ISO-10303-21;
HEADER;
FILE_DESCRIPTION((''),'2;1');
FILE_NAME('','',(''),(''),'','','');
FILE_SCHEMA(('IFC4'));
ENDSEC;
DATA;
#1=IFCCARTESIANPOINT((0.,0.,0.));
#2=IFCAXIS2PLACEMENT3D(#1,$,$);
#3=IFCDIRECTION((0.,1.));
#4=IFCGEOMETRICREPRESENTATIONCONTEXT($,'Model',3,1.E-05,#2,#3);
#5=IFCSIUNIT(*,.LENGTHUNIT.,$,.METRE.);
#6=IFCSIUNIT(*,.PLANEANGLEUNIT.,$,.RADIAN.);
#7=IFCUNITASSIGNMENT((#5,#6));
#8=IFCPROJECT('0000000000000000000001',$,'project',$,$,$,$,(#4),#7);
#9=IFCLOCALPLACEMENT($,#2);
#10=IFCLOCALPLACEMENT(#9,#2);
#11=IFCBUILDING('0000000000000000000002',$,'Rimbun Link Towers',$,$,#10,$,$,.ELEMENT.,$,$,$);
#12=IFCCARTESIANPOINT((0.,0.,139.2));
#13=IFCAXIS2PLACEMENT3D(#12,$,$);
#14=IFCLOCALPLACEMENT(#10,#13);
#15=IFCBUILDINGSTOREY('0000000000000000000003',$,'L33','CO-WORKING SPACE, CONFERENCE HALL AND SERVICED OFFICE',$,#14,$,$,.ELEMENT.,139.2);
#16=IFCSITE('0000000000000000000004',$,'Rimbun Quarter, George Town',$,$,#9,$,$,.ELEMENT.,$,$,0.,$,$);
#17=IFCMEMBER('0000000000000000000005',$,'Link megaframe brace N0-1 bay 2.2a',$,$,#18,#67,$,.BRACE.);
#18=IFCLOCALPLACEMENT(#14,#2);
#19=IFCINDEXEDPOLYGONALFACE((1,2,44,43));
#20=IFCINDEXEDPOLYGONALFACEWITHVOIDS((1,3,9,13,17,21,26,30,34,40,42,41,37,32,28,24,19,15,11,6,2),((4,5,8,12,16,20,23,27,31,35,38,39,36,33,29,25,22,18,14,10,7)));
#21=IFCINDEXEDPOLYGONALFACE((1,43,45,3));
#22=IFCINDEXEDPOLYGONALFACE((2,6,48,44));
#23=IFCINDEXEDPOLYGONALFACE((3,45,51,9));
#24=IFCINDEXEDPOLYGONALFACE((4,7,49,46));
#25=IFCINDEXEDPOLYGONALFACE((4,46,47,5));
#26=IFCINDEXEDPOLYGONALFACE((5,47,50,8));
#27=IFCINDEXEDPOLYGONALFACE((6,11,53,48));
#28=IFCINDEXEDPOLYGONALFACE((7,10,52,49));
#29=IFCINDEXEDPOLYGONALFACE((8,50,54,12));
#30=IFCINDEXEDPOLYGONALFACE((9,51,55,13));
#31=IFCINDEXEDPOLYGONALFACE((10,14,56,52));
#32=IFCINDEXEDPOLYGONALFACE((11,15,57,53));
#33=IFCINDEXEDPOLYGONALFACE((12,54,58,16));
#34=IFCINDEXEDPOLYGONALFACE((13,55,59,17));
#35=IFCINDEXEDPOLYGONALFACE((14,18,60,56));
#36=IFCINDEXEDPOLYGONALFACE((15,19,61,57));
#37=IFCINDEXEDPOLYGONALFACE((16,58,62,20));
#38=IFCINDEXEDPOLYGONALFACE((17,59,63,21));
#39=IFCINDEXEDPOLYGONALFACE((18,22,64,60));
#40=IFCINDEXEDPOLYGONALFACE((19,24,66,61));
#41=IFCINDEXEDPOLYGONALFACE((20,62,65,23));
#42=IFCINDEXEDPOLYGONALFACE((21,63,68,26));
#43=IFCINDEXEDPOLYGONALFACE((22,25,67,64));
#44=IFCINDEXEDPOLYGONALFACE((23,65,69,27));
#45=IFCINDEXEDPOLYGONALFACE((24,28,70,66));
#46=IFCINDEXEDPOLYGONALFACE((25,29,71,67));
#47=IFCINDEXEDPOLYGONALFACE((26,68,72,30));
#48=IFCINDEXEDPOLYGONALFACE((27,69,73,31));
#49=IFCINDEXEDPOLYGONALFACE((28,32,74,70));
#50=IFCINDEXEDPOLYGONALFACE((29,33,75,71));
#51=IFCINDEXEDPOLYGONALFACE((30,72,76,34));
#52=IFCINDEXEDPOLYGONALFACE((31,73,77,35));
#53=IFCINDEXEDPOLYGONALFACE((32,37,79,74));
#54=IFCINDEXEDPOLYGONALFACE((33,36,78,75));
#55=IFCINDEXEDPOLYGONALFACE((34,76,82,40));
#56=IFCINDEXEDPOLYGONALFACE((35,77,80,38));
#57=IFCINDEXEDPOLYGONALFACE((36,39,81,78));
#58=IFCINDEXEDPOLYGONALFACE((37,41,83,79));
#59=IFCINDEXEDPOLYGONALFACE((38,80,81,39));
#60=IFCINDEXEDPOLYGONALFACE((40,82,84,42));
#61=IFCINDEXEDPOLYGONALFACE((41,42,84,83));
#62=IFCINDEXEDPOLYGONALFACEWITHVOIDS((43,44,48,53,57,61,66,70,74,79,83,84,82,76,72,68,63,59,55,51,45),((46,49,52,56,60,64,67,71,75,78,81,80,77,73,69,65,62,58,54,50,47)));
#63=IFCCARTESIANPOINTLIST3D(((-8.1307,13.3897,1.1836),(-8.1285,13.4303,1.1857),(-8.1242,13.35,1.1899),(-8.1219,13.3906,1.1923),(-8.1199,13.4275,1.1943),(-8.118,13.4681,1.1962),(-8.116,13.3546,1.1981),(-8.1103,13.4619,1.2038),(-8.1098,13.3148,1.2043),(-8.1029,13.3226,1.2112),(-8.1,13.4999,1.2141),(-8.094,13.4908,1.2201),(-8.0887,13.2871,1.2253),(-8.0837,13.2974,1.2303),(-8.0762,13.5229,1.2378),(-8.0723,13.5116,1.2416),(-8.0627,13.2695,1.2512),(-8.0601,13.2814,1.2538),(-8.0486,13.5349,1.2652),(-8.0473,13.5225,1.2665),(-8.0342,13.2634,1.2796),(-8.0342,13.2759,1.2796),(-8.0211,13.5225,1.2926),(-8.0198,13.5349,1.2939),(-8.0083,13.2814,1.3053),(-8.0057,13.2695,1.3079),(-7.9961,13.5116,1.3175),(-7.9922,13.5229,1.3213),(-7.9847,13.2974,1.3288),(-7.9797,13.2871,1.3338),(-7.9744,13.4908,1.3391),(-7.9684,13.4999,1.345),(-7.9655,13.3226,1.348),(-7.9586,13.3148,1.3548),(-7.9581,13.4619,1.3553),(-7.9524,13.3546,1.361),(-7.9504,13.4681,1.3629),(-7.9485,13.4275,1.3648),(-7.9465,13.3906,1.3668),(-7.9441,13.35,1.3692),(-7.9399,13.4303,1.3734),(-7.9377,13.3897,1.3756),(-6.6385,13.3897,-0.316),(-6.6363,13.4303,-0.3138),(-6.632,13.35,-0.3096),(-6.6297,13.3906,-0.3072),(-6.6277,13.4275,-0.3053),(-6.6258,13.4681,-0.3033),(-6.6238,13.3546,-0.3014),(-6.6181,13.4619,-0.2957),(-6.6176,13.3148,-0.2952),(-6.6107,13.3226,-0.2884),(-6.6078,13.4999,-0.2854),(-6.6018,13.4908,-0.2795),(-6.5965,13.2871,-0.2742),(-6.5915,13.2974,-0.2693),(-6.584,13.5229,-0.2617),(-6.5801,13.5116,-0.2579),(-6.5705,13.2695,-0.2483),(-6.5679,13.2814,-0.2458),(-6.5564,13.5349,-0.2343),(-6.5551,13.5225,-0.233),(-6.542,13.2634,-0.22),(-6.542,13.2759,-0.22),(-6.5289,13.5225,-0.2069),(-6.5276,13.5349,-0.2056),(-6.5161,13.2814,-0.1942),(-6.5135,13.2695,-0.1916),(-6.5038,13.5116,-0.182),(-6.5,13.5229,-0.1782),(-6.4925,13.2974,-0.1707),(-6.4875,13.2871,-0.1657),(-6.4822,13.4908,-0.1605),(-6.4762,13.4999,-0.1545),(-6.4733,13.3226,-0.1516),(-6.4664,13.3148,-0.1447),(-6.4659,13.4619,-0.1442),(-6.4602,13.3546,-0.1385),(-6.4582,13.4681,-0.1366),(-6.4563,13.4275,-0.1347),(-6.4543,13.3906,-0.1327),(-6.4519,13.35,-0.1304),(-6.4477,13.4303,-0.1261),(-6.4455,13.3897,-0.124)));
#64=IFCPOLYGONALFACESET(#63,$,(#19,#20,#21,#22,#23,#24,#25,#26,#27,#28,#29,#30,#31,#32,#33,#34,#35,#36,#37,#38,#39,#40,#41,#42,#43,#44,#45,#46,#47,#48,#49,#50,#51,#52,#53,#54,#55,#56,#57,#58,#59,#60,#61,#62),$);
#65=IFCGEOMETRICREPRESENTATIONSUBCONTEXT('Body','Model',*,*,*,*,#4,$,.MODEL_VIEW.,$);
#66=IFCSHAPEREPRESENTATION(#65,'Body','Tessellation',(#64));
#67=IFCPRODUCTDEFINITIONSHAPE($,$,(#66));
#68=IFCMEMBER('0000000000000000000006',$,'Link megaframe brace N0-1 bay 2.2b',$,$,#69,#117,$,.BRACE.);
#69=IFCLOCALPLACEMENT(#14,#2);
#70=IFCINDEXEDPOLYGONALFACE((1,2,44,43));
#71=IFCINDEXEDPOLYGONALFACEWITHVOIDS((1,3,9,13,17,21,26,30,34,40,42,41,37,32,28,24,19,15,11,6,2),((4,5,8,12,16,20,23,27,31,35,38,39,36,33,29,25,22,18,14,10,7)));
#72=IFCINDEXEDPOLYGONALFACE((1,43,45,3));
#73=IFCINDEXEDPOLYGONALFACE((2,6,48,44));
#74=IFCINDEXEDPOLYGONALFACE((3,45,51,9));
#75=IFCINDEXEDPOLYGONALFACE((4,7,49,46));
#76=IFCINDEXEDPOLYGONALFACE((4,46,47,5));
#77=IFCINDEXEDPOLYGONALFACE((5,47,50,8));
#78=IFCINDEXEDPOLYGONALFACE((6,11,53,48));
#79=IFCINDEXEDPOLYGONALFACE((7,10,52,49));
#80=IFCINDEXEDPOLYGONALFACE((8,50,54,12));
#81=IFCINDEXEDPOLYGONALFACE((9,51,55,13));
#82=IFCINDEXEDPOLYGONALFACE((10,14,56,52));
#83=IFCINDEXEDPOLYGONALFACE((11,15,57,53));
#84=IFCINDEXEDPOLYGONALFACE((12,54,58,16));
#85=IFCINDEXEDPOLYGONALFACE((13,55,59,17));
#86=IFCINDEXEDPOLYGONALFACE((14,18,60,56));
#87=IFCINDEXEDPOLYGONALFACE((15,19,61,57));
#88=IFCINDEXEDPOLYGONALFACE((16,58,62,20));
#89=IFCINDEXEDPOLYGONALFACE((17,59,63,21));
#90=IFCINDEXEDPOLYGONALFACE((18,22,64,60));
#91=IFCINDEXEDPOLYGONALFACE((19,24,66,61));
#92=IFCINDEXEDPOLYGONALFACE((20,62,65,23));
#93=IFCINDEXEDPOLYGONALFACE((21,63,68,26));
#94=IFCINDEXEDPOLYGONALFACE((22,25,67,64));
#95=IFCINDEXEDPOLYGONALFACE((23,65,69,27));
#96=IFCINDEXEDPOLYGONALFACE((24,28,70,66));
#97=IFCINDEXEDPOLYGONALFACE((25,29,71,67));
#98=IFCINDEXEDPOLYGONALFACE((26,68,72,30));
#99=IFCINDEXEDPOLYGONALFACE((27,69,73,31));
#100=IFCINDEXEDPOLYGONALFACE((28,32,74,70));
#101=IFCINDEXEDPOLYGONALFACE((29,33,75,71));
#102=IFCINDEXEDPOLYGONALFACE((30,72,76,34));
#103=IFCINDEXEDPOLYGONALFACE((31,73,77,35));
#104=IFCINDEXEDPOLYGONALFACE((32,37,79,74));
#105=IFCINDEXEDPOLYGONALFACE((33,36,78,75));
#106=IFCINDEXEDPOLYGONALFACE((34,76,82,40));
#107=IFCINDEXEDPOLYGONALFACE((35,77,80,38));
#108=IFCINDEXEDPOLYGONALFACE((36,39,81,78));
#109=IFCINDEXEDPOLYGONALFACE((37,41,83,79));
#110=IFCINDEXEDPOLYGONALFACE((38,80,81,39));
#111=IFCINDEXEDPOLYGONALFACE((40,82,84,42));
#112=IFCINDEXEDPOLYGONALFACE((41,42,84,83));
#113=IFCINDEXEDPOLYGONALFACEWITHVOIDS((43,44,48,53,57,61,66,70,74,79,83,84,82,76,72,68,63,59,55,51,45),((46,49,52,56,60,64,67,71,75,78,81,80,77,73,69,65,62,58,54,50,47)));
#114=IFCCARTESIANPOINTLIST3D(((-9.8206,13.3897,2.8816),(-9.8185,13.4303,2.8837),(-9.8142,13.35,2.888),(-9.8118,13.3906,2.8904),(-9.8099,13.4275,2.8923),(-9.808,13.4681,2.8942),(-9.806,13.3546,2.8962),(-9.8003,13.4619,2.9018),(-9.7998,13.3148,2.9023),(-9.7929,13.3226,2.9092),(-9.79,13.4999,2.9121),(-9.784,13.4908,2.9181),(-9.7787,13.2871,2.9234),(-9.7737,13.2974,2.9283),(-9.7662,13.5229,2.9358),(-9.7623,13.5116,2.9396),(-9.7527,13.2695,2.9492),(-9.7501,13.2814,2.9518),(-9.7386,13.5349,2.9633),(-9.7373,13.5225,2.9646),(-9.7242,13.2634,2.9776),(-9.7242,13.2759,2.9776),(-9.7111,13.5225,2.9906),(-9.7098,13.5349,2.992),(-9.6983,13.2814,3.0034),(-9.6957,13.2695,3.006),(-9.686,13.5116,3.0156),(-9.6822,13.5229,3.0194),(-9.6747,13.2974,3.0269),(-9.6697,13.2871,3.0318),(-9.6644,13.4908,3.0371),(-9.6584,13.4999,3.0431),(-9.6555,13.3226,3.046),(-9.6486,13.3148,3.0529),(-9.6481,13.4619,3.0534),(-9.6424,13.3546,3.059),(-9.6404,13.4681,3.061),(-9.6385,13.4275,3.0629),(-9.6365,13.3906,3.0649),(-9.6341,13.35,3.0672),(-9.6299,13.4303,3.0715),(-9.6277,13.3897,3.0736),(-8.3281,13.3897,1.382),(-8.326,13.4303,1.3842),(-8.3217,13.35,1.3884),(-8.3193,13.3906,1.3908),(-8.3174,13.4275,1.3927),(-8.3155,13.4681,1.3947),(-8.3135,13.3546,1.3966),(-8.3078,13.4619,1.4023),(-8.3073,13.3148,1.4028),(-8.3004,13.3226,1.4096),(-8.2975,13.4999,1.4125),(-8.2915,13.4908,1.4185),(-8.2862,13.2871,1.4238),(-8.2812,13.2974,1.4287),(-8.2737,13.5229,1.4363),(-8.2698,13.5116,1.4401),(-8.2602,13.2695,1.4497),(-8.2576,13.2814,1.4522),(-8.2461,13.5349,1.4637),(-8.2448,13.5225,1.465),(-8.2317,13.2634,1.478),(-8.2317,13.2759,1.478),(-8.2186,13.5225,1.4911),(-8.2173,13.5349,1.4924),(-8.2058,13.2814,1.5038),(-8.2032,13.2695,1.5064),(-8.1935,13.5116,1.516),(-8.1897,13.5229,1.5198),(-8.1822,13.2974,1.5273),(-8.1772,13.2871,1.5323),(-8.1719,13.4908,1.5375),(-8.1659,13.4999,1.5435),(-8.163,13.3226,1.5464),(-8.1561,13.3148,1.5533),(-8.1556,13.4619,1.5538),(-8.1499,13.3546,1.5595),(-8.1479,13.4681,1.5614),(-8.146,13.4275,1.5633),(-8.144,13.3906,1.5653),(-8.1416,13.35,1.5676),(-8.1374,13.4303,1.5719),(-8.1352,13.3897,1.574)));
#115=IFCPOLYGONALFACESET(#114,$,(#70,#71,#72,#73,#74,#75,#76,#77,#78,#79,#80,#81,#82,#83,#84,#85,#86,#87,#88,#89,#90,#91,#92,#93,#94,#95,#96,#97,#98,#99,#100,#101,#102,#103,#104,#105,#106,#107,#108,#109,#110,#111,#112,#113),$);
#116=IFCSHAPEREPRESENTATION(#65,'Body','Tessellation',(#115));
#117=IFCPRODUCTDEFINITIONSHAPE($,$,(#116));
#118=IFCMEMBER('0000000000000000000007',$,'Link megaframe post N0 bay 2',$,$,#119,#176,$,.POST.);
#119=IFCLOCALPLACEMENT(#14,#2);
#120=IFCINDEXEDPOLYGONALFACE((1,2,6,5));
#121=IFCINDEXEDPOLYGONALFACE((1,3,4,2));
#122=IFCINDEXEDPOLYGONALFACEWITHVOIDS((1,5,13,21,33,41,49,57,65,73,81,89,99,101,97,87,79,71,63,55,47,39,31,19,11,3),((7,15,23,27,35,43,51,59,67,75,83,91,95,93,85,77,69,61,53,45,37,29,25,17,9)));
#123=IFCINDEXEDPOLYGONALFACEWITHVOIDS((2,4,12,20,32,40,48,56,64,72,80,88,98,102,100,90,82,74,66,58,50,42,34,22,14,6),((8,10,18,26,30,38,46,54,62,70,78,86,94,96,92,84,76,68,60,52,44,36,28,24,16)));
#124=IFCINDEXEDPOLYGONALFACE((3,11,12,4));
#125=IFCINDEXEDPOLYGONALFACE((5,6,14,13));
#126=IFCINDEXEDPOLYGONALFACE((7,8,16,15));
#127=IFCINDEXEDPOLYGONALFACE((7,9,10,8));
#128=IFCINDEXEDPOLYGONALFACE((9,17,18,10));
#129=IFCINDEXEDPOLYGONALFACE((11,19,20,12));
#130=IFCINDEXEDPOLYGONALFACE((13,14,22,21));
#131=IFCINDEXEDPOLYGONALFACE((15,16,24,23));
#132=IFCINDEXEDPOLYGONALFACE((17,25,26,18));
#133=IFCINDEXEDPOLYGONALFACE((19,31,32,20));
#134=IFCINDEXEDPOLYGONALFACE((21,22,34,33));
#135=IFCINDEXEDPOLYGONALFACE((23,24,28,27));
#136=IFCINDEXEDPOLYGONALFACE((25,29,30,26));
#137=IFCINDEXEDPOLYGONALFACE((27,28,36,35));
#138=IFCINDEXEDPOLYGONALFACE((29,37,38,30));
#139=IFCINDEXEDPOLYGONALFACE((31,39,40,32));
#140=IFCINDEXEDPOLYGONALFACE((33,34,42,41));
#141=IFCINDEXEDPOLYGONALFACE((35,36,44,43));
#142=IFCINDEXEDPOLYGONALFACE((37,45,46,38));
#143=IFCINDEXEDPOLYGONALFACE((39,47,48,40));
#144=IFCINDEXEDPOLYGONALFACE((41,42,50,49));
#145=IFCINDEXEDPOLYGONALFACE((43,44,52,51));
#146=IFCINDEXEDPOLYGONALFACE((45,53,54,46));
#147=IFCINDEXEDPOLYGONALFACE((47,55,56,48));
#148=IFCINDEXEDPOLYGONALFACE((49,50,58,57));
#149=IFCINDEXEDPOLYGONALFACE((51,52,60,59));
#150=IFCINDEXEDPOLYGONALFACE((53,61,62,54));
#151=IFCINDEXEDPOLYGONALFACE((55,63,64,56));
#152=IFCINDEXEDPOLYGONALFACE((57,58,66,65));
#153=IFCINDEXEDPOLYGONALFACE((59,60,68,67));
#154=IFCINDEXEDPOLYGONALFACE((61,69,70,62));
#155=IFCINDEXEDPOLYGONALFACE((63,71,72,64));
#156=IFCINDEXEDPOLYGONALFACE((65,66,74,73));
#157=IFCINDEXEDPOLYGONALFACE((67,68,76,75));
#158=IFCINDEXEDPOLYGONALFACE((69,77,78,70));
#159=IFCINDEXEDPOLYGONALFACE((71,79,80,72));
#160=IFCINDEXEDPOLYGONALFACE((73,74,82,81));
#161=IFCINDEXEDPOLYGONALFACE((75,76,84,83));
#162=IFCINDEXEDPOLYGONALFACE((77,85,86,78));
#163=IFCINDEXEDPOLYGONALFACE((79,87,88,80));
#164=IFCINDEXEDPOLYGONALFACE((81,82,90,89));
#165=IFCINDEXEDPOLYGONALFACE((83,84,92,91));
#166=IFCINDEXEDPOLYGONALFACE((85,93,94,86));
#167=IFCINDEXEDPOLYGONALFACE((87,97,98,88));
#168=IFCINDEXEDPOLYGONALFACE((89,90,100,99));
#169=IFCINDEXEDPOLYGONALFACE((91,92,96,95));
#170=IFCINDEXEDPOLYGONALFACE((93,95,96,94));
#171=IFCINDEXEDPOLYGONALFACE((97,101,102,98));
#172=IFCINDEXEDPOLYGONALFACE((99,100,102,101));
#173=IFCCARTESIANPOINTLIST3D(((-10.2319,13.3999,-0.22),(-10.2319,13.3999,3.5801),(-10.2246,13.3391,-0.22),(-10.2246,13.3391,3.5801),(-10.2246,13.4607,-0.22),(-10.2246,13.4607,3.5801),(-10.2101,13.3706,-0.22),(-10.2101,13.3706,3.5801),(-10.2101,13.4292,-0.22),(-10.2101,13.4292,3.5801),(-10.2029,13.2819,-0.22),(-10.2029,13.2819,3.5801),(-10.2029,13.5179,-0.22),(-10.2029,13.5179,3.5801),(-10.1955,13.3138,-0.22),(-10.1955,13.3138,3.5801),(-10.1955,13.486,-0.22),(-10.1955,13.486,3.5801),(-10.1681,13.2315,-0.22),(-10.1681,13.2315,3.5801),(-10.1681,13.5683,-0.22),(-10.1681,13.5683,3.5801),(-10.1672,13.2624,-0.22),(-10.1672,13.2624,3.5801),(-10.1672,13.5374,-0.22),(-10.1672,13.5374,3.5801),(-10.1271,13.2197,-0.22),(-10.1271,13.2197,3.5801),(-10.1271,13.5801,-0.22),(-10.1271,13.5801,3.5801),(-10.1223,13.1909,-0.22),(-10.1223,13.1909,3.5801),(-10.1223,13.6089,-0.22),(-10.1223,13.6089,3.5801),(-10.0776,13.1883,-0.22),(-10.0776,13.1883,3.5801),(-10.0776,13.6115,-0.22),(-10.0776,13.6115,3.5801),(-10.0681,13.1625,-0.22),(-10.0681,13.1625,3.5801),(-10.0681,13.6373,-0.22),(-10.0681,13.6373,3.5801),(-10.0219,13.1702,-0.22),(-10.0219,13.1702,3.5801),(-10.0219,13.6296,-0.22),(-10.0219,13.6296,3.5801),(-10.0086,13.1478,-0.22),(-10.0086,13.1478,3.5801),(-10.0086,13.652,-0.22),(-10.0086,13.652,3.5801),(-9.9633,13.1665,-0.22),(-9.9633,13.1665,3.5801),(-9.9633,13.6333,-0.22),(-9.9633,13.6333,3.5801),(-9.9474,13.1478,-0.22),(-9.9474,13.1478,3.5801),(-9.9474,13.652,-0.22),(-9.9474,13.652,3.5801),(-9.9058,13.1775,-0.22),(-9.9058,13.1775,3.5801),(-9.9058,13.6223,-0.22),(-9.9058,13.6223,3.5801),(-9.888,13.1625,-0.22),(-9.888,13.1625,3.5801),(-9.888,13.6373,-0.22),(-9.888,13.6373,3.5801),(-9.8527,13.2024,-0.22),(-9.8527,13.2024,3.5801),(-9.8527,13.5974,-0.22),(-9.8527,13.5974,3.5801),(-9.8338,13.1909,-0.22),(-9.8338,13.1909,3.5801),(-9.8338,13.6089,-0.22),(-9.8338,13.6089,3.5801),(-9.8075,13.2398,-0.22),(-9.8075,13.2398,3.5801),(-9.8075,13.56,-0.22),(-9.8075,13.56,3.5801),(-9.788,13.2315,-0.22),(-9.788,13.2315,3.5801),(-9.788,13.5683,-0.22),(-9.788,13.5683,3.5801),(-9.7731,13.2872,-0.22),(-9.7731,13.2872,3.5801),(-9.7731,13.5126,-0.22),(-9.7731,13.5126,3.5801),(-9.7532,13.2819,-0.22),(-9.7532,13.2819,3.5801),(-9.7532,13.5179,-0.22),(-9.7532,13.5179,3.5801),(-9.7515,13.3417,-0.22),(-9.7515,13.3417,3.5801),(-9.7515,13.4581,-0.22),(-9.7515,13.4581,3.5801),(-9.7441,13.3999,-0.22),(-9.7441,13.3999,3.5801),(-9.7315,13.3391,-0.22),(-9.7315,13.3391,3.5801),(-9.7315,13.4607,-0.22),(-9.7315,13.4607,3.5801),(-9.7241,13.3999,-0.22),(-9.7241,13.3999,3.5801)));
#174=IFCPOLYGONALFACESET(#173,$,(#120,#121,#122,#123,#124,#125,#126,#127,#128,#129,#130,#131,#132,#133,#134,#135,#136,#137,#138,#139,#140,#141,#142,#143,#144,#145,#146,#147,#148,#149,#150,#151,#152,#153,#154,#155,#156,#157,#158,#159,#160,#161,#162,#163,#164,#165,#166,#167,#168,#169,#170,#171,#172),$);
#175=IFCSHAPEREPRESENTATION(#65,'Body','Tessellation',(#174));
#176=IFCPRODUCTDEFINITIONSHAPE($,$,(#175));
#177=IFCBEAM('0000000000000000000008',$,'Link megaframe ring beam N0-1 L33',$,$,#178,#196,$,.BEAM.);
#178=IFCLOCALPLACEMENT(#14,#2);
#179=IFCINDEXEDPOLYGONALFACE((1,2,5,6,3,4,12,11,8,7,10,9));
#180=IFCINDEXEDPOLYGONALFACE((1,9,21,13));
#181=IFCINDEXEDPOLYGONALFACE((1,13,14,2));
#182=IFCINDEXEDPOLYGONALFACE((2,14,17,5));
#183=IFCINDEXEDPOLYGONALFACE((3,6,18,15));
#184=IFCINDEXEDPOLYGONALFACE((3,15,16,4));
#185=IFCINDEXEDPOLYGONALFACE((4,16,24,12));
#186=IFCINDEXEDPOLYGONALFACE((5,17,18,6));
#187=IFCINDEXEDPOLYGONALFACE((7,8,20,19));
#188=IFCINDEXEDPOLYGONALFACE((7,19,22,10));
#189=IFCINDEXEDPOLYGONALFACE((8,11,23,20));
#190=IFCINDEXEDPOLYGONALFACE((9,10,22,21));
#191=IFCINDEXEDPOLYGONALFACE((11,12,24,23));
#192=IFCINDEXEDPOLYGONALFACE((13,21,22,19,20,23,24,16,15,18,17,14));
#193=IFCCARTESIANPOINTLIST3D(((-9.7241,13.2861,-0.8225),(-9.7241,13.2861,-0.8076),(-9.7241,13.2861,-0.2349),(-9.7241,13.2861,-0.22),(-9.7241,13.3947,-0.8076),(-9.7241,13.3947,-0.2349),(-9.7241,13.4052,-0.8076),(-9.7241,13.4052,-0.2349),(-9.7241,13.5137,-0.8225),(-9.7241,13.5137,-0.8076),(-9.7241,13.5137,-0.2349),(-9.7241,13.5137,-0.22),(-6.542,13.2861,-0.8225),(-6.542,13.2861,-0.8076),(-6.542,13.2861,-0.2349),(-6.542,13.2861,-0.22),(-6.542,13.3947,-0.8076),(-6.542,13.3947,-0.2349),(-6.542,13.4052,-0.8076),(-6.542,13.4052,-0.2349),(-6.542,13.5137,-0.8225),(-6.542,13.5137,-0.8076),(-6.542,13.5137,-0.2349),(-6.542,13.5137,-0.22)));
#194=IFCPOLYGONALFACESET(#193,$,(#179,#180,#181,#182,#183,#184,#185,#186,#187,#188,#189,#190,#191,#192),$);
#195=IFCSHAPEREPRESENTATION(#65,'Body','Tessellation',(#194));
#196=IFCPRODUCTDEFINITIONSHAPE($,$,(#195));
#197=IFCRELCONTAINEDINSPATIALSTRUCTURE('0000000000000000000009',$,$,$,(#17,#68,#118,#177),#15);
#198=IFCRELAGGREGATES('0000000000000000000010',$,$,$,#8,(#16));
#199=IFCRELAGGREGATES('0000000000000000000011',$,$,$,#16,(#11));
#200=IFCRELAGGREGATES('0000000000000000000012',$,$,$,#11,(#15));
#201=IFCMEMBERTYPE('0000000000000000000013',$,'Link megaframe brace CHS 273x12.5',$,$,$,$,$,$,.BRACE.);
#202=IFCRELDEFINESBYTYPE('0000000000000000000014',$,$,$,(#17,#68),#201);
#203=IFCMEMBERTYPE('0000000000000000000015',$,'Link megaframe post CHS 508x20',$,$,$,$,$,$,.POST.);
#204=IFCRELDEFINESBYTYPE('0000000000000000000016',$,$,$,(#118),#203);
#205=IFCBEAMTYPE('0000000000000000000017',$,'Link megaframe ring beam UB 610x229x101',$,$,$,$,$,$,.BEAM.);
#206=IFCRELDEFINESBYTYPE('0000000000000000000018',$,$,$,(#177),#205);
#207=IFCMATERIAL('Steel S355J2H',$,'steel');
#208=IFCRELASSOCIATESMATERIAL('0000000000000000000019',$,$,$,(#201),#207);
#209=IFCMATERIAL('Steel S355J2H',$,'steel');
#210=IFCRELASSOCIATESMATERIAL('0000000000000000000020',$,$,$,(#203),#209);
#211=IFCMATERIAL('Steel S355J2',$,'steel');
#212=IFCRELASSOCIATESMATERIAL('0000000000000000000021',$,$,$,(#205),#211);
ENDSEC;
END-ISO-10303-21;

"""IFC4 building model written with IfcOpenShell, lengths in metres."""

from ifc_helpers import new_model, si_unit, direction, frame, origin, origin_2d, place, context, subcontext, project, spatial, hollow_circle, i_section, extrude, material, material_profile, profile_set, type_object, element, save


model = new_model("IFC4")

# Units and contexts
model_context = context("Model", 3, precision=1e-05, world=origin(), true_north=direction((0.0, 1.0)))
body_context = subcontext(model_context, "Body", "Model", "MODEL_VIEW")
ifc_project = project(units=[si_unit("LENGTHUNIT", "METRE"), si_unit("PLANEANGLEUNIT", "RADIAN")], contexts=[model_context])

# Site, building, storey
site_placement = place(None, origin())
site = spatial("IfcSite", under=ifc_project, at=site_placement, Name="Rimbun Quarter, George Town", CompositionType="ELEMENT", RefElevation=0.0)
building_placement = place(site_placement, origin())
building = spatial("IfcBuilding", under=site, at=building_placement, Name="Rimbun Link Towers", CompositionType="ELEMENT")
storey_placement = place(building_placement, frame((0.0, 0.0, 139.2)))
storey = spatial("IfcBuildingStorey", under=building, at=storey_placement, Name="L33", Description="CO-WORKING SPACE, CONFERENCE HALL AND SERVICED OFFICE", CompositionType="ELEMENT", Elevation=139.2)

# Members
ifc_material_1 = material(Name="Steel S355J2H", Category="steel")
ifc_material_profile_1 = material_profile(ifc_material_1, hollow_circle(Radius=0.1365, WallThickness=0.0125, at=origin_2d()), Name="CHS 273x12.5")
ifc_profile_set_1 = profile_set([ifc_material_profile_1], Name="Steel S355J2H")
member_type_1 = type_object("IfcMemberType", Name="Link megaframe brace CHS 273x12.5", PredefinedType="BRACE", material=ifc_profile_set_1)
member_1_placement = place(storey_placement, frame((-6.542, 13.3999, -0.22), z_axis=(-0.705374, 0.0, 0.708836), x_axis=(0.0, -1.0, 0.0)))
element("IfcMember", 1, at=member_1_placement, inside=storey, type_object=member_type_1, Name="Link megaframe brace N0-1 bay 2.2a", PredefinedType="BRACE", context=body_context, shape_type="SweptSolid", body=[
    extrude(hollow_circle(Radius=0.1365, WallThickness=0.0125, at=origin_2d()), origin(), (0.0, 0.0, 1.0), 2.1155),
])
member_2_placement = place(storey_placement, frame((-8.2317, 13.3999, 1.478), z_axis=(-0.705432, 0.0, 0.708778), x_axis=(0.0, -1.0, 0.0)))
element("IfcMember", 2, at=member_2_placement, inside=storey, type_object=member_type_1, Name="Link megaframe brace N0-1 bay 2.2b", PredefinedType="BRACE", context=body_context, shape_type="SweptSolid", body=[
    extrude(hollow_circle(Radius=0.1365, WallThickness=0.0125, at=origin_2d()), origin(), (0.0, 0.0, 1.0), 2.1157),
])
ifc_material_2 = material(Name="Steel S355J2H", Category="steel")
ifc_material_profile_2 = material_profile(ifc_material_2, hollow_circle(Radius=0.2539, WallThickness=0.02, at=origin_2d()), Name="CHS 508x20")
ifc_profile_set_2 = profile_set([ifc_material_profile_2], Name="Steel S355J2H")
member_type_2 = type_object("IfcMemberType", Name="Link megaframe post CHS 508x20", PredefinedType="POST", material=ifc_profile_set_2)
member_3_placement = place(storey_placement, frame((-9.978, 13.3999, -0.22), z_axis=(0.0, 0.0, 1.0), x_axis=(1.0, 0.0, 0.0)))
element("IfcMember", 3, at=member_3_placement, inside=storey, type_object=member_type_2, Name="Link megaframe post N0 bay 2", PredefinedType="POST", context=body_context, shape_type="SweptSolid", body=[
    extrude(hollow_circle(Radius=0.2539, WallThickness=0.02, at=origin_2d()), origin(), (0.0, 0.0, 1.0), 3.8),
])

# Beam
ifc_material_3 = material(Name="Steel S355J2", Category="steel")
ifc_material_profile_3 = material_profile(ifc_material_3, i_section(OverallWidth=0.2275, OverallDepth=0.6025, WebThickness=0.0105, FlangeThickness=0.0149, at=origin_2d()), Name="UB 610x229x101")
ifc_profile_set_3 = profile_set([ifc_material_profile_3], Name="Steel S355J2")
beam_type_1 = type_object("IfcBeamType", Name="Link megaframe ring beam UB 610x229x101", PredefinedType="BEAM", material=ifc_profile_set_3)
beam_1_placement = place(storey_placement, frame((-9.7241, 13.3999, -0.5212), z_axis=(1.0, 0.0, 0.0), x_axis=(0.0, 1.0, 0.0)))
element("IfcBeam", 4, at=beam_1_placement, inside=storey, type_object=beam_type_1, Name="Link megaframe ring beam N0-1 L33", PredefinedType="BEAM", context=body_context, shape_type="SweptSolid", body=[
    extrude(i_section(OverallWidth=0.2275, OverallDepth=0.6025, WebThickness=0.0105, FlangeThickness=0.0149, at=origin_2d()), origin(), (0.0, 0.0, 1.0), 3.1821),
])

save(model, "model.ifc")
